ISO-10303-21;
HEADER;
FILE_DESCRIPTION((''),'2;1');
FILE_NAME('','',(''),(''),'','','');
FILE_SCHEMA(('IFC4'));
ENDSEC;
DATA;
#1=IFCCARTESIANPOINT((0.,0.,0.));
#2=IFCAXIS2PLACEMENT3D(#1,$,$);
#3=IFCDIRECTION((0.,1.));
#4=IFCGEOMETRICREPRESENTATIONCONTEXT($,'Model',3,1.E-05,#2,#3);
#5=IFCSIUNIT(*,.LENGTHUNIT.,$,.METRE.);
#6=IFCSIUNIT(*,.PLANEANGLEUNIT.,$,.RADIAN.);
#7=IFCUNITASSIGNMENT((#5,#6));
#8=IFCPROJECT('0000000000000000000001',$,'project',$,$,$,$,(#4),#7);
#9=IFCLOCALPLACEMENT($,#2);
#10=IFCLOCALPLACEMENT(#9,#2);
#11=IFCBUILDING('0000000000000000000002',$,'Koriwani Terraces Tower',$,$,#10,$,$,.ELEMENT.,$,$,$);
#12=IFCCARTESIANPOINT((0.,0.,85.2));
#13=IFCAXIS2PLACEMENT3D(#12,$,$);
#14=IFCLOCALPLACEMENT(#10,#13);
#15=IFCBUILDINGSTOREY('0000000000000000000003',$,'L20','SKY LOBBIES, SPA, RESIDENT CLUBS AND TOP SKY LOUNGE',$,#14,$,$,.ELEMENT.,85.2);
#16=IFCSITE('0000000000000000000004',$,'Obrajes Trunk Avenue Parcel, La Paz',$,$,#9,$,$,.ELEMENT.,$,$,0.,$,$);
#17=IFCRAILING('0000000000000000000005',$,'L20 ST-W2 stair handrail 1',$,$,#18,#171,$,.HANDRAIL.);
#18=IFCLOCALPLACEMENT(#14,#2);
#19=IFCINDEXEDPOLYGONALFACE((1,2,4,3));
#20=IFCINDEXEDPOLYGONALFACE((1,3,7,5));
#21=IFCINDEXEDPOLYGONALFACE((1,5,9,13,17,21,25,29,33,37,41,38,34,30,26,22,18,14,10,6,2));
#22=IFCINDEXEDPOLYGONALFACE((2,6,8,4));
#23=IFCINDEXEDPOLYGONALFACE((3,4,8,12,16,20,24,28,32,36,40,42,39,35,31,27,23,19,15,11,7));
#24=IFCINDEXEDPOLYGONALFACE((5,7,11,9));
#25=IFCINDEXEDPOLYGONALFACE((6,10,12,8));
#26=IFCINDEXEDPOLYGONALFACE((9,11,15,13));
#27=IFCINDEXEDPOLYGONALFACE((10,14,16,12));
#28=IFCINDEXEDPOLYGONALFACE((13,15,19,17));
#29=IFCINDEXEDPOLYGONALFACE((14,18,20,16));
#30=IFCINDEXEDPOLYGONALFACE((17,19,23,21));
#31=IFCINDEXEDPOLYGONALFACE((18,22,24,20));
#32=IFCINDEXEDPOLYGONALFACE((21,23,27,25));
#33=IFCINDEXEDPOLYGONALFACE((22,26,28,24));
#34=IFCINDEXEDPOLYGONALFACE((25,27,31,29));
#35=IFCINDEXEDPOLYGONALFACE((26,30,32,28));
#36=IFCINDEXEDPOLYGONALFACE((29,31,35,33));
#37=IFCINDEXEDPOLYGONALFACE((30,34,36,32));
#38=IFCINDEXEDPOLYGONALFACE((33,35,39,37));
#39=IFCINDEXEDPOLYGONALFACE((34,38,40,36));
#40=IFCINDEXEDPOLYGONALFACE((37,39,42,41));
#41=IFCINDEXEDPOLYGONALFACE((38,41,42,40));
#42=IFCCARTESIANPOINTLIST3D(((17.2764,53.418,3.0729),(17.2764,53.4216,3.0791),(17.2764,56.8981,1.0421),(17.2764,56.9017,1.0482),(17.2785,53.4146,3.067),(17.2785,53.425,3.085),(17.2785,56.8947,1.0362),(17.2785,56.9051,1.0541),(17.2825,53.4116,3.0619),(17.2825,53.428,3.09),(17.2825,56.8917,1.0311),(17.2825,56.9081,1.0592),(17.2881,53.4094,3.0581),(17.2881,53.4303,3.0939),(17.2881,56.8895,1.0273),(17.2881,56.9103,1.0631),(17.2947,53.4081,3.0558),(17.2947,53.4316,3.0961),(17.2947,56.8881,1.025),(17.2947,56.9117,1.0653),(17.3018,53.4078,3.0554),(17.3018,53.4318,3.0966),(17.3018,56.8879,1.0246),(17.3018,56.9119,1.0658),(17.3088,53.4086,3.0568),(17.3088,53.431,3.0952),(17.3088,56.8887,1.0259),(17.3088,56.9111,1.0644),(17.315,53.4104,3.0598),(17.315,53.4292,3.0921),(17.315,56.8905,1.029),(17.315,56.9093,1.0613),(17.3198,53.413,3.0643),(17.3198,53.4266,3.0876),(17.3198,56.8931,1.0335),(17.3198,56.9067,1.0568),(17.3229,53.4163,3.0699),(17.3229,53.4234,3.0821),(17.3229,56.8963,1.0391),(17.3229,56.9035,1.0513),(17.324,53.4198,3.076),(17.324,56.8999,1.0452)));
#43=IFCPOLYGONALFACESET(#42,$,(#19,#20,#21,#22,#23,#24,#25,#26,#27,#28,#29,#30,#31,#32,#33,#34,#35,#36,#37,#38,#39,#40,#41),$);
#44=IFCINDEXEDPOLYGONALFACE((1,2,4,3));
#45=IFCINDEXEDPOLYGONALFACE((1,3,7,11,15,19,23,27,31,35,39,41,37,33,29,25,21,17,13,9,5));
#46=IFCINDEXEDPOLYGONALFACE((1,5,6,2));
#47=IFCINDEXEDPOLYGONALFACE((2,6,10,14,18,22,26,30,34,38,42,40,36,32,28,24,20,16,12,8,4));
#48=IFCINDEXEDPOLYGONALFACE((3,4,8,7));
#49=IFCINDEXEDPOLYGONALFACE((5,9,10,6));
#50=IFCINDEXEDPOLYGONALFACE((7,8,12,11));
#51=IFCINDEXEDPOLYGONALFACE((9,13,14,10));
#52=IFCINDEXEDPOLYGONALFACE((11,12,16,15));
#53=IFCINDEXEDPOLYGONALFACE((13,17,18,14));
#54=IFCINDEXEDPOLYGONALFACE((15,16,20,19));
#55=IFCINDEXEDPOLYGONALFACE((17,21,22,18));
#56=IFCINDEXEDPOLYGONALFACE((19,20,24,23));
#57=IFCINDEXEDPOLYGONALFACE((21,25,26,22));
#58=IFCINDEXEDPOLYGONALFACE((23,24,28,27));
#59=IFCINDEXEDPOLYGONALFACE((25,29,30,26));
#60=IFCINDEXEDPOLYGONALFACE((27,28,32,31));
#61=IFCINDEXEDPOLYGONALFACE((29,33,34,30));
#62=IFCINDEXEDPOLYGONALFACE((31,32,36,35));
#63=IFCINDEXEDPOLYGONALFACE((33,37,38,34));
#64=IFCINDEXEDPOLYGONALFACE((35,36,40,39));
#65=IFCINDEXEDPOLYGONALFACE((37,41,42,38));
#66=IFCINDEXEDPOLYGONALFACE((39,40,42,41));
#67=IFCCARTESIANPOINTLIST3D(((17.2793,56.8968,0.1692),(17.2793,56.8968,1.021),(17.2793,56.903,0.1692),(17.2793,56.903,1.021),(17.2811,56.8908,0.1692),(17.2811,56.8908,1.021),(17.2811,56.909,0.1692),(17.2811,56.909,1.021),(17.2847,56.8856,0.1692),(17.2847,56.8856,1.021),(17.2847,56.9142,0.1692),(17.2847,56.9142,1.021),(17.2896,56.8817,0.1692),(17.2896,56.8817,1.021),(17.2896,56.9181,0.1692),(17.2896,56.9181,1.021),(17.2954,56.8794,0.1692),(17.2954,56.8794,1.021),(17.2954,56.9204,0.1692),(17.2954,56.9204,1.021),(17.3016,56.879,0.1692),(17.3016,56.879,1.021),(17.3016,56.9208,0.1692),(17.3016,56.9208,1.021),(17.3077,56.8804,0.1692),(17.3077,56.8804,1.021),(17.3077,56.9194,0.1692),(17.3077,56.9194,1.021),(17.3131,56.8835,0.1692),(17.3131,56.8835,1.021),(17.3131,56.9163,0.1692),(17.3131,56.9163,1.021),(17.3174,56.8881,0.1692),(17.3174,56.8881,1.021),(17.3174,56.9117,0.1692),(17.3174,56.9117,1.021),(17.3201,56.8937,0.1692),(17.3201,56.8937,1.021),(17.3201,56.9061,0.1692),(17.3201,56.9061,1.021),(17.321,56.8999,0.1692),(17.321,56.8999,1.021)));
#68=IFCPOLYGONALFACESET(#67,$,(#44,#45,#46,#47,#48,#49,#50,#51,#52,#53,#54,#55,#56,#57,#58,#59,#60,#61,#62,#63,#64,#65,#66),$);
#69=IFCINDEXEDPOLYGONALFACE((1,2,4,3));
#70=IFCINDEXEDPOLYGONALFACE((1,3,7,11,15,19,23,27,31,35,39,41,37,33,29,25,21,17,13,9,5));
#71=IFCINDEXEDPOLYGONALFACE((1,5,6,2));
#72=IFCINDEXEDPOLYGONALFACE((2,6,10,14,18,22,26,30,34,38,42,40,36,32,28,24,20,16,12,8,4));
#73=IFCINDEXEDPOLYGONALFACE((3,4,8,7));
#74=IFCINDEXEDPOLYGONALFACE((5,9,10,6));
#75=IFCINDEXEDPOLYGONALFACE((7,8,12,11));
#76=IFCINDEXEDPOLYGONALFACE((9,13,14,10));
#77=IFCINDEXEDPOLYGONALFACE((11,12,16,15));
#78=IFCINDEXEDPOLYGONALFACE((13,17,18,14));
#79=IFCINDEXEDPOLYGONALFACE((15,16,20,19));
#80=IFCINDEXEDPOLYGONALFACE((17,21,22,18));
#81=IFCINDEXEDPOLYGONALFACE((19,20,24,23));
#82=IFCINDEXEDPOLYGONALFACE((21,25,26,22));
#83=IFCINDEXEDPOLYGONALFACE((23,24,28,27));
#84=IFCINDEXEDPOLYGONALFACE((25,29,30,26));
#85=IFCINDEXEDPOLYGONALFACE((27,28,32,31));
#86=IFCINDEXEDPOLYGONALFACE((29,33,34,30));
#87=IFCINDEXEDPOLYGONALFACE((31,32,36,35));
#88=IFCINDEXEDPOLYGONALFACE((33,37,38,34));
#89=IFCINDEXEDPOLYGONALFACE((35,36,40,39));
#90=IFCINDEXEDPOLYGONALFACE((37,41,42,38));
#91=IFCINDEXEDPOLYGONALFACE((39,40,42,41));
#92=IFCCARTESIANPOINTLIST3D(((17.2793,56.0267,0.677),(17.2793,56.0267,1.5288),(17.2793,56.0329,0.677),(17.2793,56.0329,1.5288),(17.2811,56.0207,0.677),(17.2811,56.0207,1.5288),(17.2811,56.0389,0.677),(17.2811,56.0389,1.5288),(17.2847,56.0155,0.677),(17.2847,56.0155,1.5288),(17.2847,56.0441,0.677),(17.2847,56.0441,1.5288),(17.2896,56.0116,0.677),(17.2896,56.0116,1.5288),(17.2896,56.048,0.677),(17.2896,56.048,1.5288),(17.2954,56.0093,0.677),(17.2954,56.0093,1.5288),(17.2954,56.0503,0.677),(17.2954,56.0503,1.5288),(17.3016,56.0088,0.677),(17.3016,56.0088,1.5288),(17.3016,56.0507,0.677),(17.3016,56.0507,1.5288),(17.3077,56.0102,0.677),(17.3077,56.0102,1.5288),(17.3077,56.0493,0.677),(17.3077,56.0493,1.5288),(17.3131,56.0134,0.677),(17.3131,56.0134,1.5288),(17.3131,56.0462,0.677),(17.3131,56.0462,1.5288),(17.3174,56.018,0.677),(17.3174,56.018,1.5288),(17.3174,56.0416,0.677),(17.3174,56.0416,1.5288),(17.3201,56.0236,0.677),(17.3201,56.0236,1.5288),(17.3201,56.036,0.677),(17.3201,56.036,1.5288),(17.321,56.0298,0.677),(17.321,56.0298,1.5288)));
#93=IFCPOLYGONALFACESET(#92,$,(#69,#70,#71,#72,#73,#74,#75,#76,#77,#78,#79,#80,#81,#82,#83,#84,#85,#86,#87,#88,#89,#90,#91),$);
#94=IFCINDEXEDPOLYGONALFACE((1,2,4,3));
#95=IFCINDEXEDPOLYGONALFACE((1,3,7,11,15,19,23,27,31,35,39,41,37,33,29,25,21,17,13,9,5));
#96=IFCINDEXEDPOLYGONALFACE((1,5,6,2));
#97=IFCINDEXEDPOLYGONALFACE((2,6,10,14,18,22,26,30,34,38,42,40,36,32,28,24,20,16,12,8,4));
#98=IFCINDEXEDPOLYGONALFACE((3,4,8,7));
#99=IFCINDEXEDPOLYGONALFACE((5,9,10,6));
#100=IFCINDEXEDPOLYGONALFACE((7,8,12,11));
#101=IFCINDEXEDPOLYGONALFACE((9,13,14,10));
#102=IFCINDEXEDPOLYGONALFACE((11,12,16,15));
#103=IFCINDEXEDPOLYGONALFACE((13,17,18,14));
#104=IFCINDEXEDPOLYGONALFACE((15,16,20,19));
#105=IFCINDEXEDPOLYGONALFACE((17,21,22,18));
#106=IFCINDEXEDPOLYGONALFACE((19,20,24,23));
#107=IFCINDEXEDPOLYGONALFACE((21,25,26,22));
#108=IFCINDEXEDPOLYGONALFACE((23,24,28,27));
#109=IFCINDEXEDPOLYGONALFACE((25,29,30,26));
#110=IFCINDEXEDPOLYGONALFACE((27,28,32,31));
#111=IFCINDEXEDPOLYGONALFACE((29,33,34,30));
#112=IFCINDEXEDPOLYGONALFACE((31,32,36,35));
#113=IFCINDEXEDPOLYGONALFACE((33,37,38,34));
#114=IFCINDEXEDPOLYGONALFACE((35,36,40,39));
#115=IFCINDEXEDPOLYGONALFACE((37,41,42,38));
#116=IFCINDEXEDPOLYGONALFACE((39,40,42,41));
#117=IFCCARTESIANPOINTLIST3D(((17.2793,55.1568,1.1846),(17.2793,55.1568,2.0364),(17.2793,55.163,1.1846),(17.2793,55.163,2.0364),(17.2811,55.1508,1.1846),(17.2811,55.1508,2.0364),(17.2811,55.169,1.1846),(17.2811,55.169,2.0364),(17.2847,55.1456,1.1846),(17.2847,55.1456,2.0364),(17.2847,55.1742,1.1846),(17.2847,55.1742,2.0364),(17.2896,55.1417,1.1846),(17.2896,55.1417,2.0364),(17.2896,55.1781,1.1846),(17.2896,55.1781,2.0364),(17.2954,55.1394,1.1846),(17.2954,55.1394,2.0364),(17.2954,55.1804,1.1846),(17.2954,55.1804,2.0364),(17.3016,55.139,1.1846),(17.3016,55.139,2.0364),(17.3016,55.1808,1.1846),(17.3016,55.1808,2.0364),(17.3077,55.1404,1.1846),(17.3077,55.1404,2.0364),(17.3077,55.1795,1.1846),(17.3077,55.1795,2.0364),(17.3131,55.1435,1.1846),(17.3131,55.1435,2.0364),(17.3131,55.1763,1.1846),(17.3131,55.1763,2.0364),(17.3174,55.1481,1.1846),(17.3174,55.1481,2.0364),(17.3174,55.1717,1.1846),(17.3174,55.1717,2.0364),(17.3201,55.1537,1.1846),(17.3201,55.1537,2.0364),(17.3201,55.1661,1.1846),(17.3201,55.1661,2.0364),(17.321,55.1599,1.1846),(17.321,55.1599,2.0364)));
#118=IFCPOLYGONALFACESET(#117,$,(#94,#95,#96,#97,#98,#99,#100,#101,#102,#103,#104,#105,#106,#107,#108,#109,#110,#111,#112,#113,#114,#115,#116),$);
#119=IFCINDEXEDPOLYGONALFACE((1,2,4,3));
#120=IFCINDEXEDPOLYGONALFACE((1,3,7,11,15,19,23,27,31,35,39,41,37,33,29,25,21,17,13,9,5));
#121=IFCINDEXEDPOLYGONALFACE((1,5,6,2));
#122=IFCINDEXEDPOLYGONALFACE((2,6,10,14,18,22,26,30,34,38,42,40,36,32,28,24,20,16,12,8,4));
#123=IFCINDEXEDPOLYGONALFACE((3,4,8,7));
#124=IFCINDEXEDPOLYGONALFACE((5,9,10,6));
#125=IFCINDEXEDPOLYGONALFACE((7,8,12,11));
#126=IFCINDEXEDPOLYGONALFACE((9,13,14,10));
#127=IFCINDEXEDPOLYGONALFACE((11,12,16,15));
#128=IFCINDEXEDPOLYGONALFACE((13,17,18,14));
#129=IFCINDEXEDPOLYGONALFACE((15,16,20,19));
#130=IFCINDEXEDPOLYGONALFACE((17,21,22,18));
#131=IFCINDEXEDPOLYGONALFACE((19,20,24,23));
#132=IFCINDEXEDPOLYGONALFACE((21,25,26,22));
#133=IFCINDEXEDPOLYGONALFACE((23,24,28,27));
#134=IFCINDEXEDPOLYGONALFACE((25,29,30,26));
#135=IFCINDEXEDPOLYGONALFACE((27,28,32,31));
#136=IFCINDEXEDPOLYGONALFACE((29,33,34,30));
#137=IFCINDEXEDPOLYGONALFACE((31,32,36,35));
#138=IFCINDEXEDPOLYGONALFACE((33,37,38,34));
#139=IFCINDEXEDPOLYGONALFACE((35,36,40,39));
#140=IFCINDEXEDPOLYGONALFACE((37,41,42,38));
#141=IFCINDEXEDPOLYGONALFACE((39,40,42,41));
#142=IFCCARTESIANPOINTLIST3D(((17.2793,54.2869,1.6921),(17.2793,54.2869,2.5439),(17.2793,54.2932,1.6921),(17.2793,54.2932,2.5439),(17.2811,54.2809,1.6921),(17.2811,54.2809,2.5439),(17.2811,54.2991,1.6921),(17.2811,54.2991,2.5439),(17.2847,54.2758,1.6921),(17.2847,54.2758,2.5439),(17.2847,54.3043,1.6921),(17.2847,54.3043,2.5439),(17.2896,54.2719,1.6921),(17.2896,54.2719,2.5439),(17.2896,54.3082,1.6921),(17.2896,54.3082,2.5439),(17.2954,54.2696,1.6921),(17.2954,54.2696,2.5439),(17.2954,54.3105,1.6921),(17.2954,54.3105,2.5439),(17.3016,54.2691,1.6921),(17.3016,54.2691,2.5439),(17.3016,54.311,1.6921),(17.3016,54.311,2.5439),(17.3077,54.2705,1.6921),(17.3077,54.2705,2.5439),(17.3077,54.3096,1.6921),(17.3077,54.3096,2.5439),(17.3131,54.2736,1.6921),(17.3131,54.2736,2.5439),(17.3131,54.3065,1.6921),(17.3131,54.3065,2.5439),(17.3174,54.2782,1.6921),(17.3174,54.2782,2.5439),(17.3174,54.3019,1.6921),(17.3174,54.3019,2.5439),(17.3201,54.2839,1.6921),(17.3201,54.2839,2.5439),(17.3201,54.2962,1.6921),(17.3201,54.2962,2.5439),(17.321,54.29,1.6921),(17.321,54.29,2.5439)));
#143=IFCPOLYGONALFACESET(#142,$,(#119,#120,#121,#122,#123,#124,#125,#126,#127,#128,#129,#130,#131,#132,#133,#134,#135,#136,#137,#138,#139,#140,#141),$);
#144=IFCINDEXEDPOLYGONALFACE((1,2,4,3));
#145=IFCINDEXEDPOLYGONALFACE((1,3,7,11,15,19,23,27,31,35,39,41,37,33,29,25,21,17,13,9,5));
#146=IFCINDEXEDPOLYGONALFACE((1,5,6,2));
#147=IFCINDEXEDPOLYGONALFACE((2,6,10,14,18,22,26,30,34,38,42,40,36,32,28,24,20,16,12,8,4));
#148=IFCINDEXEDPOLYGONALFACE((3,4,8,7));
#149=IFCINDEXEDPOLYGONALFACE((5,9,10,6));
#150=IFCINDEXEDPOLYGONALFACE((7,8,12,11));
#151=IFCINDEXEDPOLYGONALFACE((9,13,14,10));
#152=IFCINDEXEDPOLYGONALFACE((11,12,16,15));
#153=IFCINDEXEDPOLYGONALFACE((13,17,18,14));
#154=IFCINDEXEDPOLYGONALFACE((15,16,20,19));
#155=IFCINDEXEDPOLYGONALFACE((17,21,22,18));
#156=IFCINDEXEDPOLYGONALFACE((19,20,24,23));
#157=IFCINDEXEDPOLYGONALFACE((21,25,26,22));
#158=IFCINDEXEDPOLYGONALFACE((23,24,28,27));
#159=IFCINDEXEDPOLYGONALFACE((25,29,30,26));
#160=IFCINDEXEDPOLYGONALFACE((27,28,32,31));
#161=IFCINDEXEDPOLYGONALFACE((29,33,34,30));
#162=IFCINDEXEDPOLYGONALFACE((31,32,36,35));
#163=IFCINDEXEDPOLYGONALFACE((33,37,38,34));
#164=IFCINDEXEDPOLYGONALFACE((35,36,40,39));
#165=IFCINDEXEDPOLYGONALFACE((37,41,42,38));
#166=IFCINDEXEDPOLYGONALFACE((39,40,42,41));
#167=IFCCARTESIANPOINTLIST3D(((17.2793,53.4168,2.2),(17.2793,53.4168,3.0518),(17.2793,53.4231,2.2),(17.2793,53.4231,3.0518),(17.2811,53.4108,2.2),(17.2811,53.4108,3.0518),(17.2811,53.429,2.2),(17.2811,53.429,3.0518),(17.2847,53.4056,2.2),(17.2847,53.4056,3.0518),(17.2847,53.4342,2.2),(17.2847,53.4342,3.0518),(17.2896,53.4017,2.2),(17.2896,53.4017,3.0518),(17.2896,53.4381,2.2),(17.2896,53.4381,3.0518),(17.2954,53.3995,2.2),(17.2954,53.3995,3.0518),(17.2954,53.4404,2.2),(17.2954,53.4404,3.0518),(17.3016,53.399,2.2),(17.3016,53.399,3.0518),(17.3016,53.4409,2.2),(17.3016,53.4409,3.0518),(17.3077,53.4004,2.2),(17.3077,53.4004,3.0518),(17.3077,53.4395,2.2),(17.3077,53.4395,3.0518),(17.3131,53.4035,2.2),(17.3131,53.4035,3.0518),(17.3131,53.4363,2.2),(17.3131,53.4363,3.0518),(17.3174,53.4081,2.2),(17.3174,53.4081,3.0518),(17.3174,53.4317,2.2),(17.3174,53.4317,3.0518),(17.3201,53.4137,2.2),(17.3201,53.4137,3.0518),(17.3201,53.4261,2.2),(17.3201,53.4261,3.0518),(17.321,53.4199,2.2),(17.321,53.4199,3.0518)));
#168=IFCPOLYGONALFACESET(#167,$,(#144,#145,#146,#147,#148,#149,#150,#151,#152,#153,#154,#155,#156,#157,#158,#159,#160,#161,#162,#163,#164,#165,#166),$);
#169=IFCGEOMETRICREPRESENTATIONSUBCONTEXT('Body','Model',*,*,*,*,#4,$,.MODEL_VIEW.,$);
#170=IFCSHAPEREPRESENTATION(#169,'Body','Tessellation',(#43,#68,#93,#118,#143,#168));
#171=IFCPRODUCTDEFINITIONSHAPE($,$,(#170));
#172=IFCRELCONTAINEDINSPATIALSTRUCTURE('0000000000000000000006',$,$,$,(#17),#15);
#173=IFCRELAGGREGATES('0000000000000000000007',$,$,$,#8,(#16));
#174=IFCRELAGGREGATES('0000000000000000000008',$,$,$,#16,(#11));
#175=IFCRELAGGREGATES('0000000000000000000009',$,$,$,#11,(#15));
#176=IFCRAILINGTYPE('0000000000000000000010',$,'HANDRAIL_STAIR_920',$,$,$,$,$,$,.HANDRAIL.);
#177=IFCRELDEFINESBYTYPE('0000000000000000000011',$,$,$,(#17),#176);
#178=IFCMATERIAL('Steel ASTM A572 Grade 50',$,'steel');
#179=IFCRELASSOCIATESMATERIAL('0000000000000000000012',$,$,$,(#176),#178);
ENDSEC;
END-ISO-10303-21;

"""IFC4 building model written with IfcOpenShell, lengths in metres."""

from ifc_helpers import new_model, si_unit, direction, frame, origin, origin_2d, place, context, subcontext, project, spatial, circle, extrude, material, type_object, element, save


model = new_model("IFC4")

# Units and contexts
model_context = context("Model", 3, precision=1e-05, world=origin(), true_north=direction((0.0, 1.0)))
body_context = subcontext(model_context, "Body", "Model", "MODEL_VIEW")
ifc_project = project(units=[si_unit("LENGTHUNIT", "METRE"), si_unit("PLANEANGLEUNIT", "RADIAN")], contexts=[model_context])

# Site, building, storey
site_placement = place(None, origin())
site = spatial("IfcSite", under=ifc_project, at=site_placement, Name="Obrajes Trunk Avenue Parcel, La Paz", CompositionType="ELEMENT", RefElevation=0.0)
building_placement = place(site_placement, origin())
building = spatial("IfcBuilding", under=site, at=building_placement, Name="Koriwani Terraces Tower", CompositionType="ELEMENT")
storey_placement = place(building_placement, frame((0.0, 0.0, 85.2)))
storey = spatial("IfcBuildingStorey", under=building, at=storey_placement, Name="L20", Description="SKY LOBBIES, SPA, RESIDENT CLUBS AND TOP SKY LOUNGE", CompositionType="ELEMENT", Elevation=85.2)

# Shared definitions
ifc_material_1 = material(Name="Steel ASTM A572 Grade 50", Category="steel")

# Railing
railing_type_1 = type_object("IfcRailingType", Name="HANDRAIL_STAIR_920", PredefinedType="HANDRAIL", material=ifc_material_1)
railing_1_placement = place(storey_placement, frame((17.3, 56.8999, 0.1692)))
element("IfcRailing", 1, at=railing_1_placement, inside=storey, type_object=railing_type_1, Name="L20 ST-W2 stair handrail 1", PredefinedType="HANDRAIL", context=body_context, shape_type="SweptSolid", body=[
    extrude(circle(Radius=0.0239, at=origin_2d()), frame((0.0, 0.0, 0.876), z_axis=(0.0, -0.863695, 0.504014), x_axis=(1.0, 0.0, 0.0)), (0.0, 0.0, 1.0), 4.0293),
    extrude(circle(Radius=0.021, at=origin_2d()), origin(), (0.0, 0.0, 1.0), 0.8518),
    extrude(circle(Radius=0.021, at=origin_2d()), frame((0.0, -0.8701, 0.5078)), (0.0, 0.0, 1.0), 0.8518),
    extrude(circle(Radius=0.021, at=origin_2d()), frame((0.0, -1.74, 1.0154)), (0.0, 0.0, 1.0), 0.8518),
    extrude(circle(Radius=0.021, at=origin_2d()), frame((0.0, -2.6099, 1.5229)), (0.0, 0.0, 1.0), 0.8518),
    extrude(circle(Radius=0.021, at=origin_2d()), frame((0.0, -3.48, 2.0308)), (0.0, 0.0, 1.0), 0.8518),
])

save(model, "model.ifc")
